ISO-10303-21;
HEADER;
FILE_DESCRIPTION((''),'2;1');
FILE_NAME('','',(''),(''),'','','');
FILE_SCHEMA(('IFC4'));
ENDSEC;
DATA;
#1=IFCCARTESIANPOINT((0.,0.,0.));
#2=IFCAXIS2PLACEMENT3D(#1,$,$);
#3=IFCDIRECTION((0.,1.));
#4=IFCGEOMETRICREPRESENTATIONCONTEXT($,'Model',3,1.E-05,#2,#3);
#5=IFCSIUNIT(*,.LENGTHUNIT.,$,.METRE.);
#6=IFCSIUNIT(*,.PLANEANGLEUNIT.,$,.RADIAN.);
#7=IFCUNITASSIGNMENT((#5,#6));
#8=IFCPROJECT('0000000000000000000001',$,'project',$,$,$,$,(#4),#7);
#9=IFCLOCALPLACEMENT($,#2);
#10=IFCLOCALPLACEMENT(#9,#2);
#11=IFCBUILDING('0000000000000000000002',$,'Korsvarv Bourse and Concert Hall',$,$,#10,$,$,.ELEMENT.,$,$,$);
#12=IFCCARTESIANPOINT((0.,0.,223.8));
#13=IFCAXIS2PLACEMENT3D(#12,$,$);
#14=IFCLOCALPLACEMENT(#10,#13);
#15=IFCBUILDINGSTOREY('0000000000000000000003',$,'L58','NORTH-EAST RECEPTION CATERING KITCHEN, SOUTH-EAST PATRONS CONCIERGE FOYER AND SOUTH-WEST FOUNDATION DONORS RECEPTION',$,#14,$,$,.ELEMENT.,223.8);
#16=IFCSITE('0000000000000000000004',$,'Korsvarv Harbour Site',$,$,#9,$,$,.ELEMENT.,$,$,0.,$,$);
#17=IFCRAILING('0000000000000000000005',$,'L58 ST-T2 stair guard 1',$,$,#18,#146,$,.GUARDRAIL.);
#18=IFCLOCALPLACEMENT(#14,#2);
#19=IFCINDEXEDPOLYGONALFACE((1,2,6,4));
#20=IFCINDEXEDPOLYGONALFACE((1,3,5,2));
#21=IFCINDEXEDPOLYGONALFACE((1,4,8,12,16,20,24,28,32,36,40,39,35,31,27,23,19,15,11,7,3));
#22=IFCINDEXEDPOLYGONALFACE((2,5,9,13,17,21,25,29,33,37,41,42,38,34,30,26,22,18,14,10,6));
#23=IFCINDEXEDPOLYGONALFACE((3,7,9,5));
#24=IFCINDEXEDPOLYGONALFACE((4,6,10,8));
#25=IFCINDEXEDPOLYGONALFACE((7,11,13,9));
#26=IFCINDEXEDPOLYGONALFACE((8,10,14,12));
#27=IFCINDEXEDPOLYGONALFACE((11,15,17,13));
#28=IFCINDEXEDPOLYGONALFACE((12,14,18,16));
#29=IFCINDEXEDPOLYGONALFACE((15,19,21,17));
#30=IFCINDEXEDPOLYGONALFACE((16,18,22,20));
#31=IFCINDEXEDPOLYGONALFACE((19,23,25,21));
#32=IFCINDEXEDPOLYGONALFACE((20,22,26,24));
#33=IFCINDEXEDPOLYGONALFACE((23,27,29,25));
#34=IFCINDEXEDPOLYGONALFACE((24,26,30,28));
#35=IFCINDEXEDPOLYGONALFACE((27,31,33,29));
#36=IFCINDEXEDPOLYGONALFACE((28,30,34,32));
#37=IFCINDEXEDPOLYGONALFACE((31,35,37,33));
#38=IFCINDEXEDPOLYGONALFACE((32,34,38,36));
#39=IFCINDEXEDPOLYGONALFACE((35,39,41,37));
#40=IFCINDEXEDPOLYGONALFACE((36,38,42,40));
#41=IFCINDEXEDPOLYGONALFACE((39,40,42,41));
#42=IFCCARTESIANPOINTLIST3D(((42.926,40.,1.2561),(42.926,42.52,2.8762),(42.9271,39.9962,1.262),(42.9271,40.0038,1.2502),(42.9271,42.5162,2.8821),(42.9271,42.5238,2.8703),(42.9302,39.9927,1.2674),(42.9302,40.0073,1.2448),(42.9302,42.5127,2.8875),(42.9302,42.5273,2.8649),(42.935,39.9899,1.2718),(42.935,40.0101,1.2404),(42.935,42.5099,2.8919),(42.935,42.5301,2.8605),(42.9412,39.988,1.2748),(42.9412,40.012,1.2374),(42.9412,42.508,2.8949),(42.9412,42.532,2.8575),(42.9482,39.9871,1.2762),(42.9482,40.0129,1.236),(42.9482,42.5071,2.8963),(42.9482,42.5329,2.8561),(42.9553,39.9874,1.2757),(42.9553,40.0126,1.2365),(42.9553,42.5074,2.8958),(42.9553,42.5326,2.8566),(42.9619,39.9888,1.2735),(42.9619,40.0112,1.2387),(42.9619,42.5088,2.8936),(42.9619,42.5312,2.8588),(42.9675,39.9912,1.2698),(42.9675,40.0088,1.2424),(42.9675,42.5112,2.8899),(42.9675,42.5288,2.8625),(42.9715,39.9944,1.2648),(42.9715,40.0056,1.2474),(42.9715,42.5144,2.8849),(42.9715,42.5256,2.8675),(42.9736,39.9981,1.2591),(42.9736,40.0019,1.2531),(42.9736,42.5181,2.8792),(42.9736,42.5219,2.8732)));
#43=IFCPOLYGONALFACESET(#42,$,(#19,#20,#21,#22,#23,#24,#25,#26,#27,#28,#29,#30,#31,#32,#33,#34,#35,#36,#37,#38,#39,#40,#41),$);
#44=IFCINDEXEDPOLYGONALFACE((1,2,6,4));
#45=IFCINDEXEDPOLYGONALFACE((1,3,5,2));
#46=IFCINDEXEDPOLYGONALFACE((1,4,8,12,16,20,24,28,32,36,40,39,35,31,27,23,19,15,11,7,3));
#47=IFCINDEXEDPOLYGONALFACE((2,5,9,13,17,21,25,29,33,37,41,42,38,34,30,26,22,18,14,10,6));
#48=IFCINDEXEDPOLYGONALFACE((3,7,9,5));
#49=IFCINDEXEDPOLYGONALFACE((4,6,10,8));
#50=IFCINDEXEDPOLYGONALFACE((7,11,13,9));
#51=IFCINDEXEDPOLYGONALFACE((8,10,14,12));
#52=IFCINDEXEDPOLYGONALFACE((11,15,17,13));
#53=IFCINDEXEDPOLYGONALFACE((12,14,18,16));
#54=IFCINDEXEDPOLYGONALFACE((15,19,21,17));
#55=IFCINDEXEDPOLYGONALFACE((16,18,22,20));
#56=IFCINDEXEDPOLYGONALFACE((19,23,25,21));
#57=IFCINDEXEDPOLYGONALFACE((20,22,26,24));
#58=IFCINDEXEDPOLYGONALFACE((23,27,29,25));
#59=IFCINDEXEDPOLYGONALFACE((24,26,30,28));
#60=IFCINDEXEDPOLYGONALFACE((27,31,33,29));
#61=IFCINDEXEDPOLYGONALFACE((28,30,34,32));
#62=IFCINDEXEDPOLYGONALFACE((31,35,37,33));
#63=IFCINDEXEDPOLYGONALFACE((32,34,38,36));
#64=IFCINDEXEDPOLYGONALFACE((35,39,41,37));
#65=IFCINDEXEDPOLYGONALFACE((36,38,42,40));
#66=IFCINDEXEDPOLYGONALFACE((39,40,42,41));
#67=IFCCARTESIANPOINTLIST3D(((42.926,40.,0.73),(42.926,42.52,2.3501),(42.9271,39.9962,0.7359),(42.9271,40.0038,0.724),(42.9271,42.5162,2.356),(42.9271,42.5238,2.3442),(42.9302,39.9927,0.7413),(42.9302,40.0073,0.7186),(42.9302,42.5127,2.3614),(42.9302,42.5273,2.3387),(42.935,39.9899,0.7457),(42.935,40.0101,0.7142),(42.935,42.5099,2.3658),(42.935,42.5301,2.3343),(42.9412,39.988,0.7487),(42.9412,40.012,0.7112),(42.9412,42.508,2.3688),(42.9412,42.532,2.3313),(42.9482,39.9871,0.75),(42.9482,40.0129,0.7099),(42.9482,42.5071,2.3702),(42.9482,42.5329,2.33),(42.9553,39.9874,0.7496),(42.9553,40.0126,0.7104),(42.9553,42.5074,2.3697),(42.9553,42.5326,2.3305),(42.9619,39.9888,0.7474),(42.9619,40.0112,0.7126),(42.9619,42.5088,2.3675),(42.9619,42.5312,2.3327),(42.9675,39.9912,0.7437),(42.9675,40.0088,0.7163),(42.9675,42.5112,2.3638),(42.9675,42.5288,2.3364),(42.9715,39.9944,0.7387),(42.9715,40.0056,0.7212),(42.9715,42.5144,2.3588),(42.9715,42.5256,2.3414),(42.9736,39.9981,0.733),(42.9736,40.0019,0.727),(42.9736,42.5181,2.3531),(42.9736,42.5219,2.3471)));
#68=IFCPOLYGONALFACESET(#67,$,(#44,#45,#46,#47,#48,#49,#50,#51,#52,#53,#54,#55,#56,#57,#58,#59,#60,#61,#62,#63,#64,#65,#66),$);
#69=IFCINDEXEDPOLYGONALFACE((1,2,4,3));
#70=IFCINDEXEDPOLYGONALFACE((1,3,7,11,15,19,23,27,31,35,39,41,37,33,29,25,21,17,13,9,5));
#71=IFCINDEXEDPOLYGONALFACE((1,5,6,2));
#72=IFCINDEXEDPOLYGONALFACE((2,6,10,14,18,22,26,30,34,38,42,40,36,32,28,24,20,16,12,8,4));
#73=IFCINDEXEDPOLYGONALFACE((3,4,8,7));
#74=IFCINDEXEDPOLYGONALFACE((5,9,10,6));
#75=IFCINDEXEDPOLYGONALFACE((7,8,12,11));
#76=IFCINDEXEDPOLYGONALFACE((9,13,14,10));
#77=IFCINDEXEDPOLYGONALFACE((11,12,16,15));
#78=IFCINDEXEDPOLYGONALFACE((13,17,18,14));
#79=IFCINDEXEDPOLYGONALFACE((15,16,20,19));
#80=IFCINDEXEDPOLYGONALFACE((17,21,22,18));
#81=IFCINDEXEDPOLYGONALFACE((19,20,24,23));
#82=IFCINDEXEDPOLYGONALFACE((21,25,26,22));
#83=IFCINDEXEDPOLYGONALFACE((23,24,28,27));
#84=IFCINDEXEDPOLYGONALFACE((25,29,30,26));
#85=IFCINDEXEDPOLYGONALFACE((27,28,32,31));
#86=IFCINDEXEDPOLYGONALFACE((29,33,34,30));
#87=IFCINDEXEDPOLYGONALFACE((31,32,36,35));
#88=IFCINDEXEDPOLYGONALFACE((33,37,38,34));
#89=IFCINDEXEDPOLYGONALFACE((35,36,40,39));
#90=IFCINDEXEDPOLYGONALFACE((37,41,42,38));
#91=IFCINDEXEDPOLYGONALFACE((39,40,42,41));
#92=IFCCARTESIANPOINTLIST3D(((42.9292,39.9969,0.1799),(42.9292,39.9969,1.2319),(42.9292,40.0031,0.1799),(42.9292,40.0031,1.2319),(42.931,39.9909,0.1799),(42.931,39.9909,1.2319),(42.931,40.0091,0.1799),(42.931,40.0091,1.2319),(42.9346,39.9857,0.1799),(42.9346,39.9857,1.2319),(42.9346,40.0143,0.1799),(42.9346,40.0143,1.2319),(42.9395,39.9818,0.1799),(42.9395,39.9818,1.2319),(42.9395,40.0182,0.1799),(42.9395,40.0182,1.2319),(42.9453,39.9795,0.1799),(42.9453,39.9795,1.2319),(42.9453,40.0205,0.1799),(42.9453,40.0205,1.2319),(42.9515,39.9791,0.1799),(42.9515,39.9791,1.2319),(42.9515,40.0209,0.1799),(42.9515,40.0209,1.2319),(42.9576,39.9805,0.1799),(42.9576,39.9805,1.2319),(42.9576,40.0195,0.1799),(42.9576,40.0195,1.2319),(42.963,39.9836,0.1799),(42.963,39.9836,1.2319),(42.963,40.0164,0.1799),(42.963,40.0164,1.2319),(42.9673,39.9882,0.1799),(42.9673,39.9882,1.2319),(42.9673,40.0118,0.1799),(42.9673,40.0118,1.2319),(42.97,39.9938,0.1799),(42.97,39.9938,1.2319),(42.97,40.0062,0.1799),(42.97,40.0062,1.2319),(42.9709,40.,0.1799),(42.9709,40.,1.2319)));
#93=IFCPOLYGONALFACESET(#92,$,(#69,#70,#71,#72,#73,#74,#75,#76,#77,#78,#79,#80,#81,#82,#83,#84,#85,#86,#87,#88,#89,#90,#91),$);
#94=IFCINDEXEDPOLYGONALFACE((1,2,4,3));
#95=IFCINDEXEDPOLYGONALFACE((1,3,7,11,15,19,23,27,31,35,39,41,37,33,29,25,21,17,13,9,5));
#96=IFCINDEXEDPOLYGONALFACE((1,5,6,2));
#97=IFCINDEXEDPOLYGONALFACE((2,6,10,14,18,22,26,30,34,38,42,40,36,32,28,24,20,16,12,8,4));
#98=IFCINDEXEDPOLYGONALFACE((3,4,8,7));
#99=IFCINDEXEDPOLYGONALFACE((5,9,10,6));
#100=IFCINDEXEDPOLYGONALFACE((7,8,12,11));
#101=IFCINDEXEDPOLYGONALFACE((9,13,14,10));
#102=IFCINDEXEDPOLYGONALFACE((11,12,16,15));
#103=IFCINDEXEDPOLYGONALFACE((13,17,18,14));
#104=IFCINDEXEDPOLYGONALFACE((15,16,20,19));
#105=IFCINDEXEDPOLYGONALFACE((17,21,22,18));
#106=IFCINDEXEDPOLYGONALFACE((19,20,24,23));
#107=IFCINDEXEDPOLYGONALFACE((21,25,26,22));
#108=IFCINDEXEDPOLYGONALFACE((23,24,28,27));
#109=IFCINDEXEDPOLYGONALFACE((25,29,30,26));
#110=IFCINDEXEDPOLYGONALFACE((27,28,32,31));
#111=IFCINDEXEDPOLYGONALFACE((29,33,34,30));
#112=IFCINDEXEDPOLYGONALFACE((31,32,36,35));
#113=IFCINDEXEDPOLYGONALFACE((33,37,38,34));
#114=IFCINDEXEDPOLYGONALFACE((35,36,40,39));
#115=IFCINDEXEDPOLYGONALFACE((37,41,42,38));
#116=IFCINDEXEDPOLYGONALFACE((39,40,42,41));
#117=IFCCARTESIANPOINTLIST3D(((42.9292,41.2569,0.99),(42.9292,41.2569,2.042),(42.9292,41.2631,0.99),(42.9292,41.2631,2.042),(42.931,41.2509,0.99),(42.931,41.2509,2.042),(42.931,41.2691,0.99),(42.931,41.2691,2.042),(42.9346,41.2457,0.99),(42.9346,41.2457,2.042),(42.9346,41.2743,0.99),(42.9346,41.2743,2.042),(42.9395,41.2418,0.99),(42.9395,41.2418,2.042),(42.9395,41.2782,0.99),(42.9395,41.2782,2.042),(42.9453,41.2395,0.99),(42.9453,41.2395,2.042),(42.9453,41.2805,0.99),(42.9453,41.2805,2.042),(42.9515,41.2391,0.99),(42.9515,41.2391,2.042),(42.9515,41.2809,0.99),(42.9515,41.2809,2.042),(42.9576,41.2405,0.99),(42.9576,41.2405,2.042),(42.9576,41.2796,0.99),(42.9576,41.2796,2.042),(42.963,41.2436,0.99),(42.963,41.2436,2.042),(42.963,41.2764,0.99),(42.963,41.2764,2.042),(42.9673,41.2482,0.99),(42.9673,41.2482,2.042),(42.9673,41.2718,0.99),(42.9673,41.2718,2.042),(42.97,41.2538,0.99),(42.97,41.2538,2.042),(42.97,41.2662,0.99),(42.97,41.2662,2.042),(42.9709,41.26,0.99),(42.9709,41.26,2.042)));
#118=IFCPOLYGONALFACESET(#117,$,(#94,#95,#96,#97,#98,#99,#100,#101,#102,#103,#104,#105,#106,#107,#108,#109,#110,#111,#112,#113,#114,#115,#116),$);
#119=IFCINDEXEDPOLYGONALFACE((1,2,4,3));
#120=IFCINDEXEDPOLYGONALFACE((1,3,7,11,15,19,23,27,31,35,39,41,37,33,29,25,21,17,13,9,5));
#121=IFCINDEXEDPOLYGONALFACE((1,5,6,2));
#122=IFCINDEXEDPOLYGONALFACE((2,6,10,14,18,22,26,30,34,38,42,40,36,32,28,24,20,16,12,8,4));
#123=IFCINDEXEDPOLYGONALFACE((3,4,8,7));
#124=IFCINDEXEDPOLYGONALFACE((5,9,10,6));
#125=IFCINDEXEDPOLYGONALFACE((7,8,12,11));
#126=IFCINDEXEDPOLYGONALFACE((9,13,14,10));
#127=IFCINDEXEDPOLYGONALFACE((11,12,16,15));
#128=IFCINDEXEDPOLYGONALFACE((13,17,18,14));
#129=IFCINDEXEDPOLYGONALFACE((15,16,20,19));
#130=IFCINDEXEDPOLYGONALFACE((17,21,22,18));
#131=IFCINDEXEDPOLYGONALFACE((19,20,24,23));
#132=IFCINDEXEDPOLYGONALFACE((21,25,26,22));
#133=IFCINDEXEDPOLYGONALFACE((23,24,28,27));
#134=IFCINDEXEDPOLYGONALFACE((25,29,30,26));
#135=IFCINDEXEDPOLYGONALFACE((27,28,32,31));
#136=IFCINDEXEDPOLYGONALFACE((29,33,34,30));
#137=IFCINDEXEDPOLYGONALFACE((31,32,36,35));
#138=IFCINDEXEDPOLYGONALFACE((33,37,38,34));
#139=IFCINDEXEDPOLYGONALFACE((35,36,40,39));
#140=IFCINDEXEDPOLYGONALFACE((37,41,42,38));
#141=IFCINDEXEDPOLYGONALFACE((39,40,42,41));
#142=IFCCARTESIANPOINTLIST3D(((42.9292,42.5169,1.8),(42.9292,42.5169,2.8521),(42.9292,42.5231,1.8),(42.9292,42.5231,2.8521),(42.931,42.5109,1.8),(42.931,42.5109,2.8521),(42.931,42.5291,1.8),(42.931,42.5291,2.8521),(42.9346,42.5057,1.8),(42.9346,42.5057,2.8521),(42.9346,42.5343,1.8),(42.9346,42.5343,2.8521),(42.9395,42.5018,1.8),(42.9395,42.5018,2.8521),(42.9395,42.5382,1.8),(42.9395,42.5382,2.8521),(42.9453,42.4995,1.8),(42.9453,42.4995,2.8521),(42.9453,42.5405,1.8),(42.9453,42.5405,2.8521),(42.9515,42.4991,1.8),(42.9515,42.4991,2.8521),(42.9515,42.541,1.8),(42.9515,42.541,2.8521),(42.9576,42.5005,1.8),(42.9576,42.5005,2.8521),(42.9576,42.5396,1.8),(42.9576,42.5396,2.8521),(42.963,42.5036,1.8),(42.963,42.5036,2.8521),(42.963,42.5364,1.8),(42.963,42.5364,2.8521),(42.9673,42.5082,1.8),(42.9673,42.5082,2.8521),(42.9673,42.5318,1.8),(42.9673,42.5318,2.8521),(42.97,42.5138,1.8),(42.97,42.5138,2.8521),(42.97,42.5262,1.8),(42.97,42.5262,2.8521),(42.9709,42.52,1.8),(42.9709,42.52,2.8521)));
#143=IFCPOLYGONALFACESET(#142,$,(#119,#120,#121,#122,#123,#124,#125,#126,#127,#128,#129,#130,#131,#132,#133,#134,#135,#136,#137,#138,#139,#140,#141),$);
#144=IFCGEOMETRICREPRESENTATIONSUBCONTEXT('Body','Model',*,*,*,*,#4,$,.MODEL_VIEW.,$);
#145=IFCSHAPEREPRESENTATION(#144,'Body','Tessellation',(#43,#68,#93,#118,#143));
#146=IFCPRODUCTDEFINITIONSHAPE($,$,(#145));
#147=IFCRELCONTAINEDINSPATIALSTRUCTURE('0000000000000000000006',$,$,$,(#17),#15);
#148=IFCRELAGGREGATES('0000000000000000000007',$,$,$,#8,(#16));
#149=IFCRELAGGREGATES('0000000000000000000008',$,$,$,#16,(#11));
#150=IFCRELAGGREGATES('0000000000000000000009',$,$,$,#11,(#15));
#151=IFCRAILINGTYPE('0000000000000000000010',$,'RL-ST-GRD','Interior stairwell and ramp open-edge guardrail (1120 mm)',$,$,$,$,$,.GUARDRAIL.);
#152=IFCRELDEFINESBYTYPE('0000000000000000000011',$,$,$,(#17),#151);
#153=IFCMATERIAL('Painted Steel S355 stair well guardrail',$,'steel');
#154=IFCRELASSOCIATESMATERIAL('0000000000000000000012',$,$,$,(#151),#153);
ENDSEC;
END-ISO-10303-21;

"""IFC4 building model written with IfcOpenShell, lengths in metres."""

from ifc_helpers import new_model, si_unit, direction, frame, origin, origin_2d, place, context, subcontext, project, spatial, circle, extrude, material, type_object, element, save


model = new_model("IFC4")

# Units and contexts
model_context = context("Model", 3, precision=1e-05, world=origin(), true_north=direction((0.0, 1.0)))
body_context = subcontext(model_context, "Body", "Model", "MODEL_VIEW")
ifc_project = project(units=[si_unit("LENGTHUNIT", "METRE"), si_unit("PLANEANGLEUNIT", "RADIAN")], contexts=[model_context])

# Site, building, storey
site_placement = place(None, origin())
site = spatial("IfcSite", under=ifc_project, at=site_placement, Name="Korsvarv Harbour Site", CompositionType="ELEMENT", RefElevation=0.0)
building_placement = place(site_placement, origin())
building = spatial("IfcBuilding", under=site, at=building_placement, Name="Korsvarv Bourse and Concert Hall", CompositionType="ELEMENT")
storey_placement = place(building_placement, frame((0.0, 0.0, 223.8)))
storey = spatial("IfcBuildingStorey", under=building, at=storey_placement, Name="L58", Description="NORTH-EAST RECEPTION CATERING KITCHEN, SOUTH-EAST PATRONS CONCIERGE FOYER AND SOUTH-WEST FOUNDATION DONORS RECEPTION", CompositionType="ELEMENT", Elevation=223.8)

# Railing
ifc_material_1 = material(Name="Painted Steel S355 stair well guardrail", Category="steel")
railing_type_1 = type_object("IfcRailingType", Name="RL-ST-GRD", Description="Interior stairwell and ramp open-edge guardrail (1120 mm)", PredefinedType="GUARDRAIL", material=ifc_material_1)
railing_1_placement = place(storey_placement, frame((42.95, 40.0, 0.1799)))
element("IfcRailing", 1, at=railing_1_placement, inside=storey, type_object=railing_type_1, Name="L58 ST-T2 stair guard 1", PredefinedType="GUARDRAIL", context=body_context, shape_type="SweptSolid", body=[
    extrude(circle(Radius=0.0239, at=origin_2d()), frame((0.0, 0.0, 1.0762), z_axis=(0.0, 0.841163, 0.540782), x_axis=(-1.0, 0.0, 0.0)), (0.0, 0.0, 1.0), 2.9958),
    extrude(circle(Radius=0.0239, at=origin_2d()), frame((0.0, 0.0, 0.55), z_axis=(0.0, 0.841163, 0.540782), x_axis=(-1.0, 0.0, 0.0)), (0.0, 0.0, 1.0), 2.9958),
    extrude(circle(Radius=0.021, at=origin_2d()), origin(), (0.0, 0.0, 1.0), 1.052),
    extrude(circle(Radius=0.021, at=origin_2d()), frame((0.0, 1.26, 0.8101)), (0.0, 0.0, 1.0), 1.052),
    extrude(circle(Radius=0.021, at=origin_2d()), frame((0.0, 2.52, 1.6201)), (0.0, 0.0, 1.0), 1.052),
])

save(model, "model.ifc")
